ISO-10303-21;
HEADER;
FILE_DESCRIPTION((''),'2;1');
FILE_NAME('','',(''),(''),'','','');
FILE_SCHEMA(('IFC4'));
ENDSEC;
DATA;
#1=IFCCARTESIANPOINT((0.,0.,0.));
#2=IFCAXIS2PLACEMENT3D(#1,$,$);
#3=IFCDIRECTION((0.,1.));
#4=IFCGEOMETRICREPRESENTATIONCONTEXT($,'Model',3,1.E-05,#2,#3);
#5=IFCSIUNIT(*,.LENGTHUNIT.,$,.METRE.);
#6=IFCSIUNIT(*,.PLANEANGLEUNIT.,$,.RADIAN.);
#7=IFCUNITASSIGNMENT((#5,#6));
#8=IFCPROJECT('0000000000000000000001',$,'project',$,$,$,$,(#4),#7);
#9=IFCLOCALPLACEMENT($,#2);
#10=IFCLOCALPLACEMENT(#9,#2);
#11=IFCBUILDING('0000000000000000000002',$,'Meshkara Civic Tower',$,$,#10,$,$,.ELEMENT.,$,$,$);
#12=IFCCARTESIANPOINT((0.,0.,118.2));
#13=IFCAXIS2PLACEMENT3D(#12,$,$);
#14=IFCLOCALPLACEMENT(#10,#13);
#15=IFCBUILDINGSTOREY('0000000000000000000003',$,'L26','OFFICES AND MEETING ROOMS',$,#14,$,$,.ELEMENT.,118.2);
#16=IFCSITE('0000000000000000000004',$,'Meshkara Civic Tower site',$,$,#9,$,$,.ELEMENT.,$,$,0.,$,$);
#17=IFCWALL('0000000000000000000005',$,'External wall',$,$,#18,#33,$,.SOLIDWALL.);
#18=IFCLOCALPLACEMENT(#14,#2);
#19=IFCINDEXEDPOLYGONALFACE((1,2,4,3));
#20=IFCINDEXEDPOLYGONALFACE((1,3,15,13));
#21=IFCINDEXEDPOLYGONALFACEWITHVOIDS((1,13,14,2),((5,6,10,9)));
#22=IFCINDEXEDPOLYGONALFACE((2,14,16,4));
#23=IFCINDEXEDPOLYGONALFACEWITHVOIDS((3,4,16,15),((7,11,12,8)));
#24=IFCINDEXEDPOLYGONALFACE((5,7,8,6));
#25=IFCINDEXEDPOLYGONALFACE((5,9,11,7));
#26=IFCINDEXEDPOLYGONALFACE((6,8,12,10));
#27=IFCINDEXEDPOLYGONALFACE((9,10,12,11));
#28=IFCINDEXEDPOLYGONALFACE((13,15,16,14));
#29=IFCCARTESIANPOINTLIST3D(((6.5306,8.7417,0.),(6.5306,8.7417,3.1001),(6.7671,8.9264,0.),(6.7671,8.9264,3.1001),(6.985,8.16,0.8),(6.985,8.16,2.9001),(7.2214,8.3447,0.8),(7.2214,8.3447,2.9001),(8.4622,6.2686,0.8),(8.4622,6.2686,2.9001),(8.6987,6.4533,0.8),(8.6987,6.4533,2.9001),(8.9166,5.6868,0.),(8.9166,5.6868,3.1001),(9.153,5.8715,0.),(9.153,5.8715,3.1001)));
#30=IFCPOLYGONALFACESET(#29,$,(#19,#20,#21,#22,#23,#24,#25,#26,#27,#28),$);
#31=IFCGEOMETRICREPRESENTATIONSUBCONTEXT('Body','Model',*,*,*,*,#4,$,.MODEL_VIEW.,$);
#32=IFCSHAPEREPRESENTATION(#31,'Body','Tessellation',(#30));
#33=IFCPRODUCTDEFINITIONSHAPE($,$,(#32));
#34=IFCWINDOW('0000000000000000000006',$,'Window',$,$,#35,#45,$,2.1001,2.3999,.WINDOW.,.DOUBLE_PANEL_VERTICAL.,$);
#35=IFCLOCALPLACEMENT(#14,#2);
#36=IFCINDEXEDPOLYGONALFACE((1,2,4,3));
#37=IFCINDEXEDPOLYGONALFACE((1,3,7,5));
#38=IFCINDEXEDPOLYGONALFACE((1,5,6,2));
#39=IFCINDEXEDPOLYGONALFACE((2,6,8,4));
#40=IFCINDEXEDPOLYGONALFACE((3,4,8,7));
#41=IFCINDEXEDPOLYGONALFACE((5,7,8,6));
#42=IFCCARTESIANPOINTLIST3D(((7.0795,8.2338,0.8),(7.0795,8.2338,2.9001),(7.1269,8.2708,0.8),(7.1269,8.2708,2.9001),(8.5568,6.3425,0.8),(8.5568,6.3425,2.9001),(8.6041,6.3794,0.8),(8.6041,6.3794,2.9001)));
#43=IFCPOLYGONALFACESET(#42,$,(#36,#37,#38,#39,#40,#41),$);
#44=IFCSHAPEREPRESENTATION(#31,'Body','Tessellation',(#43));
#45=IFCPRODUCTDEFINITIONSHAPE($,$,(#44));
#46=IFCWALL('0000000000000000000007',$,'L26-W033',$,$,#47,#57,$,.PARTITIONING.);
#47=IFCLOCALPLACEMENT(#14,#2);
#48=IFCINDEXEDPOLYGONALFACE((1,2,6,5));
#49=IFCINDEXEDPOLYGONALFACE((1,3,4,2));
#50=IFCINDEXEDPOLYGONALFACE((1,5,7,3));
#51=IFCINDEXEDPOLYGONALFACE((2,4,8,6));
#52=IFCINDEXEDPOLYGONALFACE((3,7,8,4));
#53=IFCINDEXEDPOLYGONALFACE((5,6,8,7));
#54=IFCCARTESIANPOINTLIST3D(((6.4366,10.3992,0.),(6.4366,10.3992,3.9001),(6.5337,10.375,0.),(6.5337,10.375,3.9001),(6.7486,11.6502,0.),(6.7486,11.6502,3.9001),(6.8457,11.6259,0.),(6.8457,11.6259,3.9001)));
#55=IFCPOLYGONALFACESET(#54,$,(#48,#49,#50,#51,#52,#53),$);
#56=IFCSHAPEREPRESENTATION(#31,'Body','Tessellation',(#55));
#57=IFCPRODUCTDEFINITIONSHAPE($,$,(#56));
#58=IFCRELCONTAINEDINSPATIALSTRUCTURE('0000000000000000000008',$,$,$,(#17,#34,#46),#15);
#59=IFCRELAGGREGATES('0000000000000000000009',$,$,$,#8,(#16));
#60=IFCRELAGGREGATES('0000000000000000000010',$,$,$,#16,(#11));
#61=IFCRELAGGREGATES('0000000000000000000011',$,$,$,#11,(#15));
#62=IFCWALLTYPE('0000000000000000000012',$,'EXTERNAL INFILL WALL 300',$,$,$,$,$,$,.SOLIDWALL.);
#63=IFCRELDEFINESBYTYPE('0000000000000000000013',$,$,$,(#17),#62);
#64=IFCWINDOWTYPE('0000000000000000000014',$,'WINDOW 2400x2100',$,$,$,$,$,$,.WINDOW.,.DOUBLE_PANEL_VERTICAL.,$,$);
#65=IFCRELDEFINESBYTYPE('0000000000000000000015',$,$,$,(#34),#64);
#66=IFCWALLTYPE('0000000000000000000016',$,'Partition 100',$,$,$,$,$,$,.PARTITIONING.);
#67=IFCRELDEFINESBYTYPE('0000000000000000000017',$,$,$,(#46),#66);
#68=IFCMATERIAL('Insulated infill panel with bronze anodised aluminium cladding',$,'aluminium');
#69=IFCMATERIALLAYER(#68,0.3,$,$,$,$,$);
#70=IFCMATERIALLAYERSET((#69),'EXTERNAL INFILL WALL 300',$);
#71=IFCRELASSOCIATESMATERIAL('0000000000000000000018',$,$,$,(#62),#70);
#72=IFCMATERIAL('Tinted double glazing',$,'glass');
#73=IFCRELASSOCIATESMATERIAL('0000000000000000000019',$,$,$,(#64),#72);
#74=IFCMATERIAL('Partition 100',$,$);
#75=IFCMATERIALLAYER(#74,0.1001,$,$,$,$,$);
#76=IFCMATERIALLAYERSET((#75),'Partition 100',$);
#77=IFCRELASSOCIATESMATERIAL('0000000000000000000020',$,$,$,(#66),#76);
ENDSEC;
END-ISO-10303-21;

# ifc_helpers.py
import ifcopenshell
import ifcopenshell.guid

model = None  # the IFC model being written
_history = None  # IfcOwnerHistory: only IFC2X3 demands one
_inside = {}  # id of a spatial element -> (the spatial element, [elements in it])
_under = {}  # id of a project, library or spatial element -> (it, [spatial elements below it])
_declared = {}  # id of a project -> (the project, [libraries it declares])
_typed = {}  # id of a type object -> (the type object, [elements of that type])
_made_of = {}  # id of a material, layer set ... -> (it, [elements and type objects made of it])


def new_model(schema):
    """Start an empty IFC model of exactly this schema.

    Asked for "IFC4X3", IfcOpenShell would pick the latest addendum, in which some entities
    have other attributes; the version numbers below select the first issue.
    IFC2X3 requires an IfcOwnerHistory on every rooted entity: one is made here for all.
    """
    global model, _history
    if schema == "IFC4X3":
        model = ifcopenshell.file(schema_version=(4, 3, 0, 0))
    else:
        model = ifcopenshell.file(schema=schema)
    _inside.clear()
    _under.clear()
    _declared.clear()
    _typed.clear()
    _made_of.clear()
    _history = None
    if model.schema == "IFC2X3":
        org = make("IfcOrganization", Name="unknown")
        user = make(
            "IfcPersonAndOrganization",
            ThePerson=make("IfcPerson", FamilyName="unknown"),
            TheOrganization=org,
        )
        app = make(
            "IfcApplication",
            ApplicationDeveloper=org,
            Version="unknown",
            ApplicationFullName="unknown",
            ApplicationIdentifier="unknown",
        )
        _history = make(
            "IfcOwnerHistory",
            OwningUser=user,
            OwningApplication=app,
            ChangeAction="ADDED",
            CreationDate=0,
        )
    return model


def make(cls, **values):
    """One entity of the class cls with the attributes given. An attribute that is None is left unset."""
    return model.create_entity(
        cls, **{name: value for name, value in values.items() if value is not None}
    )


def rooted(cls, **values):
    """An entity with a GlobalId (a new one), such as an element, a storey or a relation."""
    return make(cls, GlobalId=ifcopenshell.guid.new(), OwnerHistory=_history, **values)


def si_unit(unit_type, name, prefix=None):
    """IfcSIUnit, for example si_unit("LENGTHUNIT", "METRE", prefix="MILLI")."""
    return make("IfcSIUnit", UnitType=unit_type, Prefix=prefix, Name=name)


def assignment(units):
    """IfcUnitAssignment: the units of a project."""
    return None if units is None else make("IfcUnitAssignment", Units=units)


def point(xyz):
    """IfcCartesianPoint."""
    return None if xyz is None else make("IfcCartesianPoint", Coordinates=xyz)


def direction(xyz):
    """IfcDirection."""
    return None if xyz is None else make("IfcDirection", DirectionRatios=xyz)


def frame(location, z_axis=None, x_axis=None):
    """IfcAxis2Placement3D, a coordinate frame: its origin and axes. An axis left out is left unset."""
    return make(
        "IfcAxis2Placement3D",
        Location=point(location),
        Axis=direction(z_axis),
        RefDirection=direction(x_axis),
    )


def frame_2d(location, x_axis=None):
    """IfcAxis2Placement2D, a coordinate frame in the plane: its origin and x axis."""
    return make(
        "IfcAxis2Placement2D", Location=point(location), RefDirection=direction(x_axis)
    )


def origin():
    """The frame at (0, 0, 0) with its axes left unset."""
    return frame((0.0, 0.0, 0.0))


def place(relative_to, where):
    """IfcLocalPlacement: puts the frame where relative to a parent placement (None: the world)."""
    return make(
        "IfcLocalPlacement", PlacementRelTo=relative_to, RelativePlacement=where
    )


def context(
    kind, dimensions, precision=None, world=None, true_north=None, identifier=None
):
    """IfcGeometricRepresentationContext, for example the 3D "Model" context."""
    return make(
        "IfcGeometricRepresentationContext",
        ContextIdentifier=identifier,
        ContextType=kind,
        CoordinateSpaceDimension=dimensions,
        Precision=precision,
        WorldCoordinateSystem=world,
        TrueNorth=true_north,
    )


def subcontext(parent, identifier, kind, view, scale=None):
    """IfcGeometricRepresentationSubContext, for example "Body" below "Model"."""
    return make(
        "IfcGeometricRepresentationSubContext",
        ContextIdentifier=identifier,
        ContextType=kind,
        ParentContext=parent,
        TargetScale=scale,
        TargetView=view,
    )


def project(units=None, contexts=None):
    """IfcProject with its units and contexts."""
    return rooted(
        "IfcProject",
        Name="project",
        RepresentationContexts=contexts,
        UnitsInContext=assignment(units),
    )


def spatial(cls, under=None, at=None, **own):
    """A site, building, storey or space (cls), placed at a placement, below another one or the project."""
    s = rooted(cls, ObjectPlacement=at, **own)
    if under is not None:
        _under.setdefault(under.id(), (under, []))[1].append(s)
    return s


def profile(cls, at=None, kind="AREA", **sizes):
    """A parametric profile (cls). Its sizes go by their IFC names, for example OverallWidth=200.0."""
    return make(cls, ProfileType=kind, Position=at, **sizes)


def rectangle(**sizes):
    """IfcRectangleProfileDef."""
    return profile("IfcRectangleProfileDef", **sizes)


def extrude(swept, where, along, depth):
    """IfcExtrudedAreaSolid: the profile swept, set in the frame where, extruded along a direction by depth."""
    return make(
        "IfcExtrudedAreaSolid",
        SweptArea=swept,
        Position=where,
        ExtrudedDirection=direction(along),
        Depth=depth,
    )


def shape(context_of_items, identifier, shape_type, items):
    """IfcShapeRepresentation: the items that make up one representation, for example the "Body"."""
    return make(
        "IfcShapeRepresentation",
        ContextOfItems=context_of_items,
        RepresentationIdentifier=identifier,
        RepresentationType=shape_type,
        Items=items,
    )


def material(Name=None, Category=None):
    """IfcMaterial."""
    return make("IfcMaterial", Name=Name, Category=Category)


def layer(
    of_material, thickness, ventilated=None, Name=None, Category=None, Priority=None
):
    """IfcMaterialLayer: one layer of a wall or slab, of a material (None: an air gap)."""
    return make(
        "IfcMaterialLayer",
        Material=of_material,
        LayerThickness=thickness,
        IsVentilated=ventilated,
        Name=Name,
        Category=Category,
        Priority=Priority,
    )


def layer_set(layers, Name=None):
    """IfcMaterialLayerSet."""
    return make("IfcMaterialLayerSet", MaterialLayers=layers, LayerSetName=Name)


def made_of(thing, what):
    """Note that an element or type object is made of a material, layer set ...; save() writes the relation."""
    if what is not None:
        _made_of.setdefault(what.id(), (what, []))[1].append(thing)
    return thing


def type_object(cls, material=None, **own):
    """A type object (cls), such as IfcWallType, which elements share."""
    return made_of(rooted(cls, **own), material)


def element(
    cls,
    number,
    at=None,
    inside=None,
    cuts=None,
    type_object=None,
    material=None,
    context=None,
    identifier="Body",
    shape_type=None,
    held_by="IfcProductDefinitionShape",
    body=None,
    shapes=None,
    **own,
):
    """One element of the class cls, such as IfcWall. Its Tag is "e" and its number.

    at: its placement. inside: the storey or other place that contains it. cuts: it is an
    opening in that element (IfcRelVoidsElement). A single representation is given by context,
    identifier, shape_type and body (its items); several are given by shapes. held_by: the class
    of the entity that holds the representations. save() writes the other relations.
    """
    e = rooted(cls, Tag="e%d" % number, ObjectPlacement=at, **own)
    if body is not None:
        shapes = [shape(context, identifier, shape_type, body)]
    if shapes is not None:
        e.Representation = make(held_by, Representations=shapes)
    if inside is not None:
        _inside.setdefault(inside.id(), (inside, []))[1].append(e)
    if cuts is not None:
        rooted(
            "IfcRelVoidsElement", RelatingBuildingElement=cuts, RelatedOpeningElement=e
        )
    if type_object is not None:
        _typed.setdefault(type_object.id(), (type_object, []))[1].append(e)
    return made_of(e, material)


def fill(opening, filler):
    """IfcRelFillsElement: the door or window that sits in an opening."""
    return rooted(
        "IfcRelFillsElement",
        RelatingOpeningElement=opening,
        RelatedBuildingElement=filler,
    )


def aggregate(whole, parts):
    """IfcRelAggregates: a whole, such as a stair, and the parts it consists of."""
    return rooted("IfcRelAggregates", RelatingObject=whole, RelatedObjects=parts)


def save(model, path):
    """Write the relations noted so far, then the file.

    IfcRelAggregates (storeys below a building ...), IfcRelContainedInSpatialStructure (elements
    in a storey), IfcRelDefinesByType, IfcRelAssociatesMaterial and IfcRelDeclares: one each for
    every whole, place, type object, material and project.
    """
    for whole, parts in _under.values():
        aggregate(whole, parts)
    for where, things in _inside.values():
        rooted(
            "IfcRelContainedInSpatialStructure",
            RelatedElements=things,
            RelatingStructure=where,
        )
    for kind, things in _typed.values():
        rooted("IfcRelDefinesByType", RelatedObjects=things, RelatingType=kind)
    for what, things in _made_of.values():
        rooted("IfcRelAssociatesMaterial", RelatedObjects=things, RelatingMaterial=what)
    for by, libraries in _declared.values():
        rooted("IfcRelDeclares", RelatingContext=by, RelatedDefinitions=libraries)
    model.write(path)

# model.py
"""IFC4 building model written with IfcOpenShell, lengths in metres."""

from ifc_helpers import new_model, si_unit, direction, frame, frame_2d, origin, place, context, subcontext, project, spatial, rectangle, extrude, material, layer, layer_set, type_object, element, fill, save


model = new_model("IFC4")

# Units and contexts
model_context = context("Model", 3, precision=1e-05, world=origin(), true_north=direction((0.0, 1.0)))
body_context = subcontext(model_context, "Body", "Model", "MODEL_VIEW")
ifc_project = project(units=[si_unit("LENGTHUNIT", "METRE"), si_unit("PLANEANGLEUNIT", "RADIAN")], contexts=[model_context])

# Site, building, storey
site_placement = place(None, origin())
site = spatial("IfcSite", under=ifc_project, at=site_placement, Name="Meshkara Civic Tower site", CompositionType="ELEMENT", RefElevation=0.0)
building_placement = place(site_placement, origin())
building = spatial("IfcBuilding", under=site, at=building_placement, Name="Meshkara Civic Tower", CompositionType="ELEMENT")
storey_placement = place(building_placement, frame((0.0, 0.0, 118.2)))
storey = spatial("IfcBuildingStorey", under=building, at=storey_placement, Name="L26", Description="OFFICES AND MEETING ROOMS", CompositionType="ELEMENT", Elevation=118.2)

# Wall, opening, window
ifc_material_1 = material(Name="Insulated infill panel with bronze anodised aluminium cladding", Category="aluminium")
ifc_layer_1 = layer(ifc_material_1, 0.3)
ifc_layer_set_1 = layer_set([ifc_layer_1], Name="EXTERNAL INFILL WALL 300")
wall_type_1 = type_object("IfcWallType", Name="EXTERNAL INFILL WALL 300", PredefinedType="SOLIDWALL", material=ifc_layer_set_1)
ifc_material_2 = material(Name="Tinted double glazing", Category="glass")
window_type = type_object("IfcWindowType", Name="WINDOW 2400x2100", PartitioningType="DOUBLE_PANEL_VERTICAL", PredefinedType="WINDOW", material=ifc_material_2)
wall_1_placement = place(storey_placement, frame((6.6489, 8.834, 0.0), z_axis=(0.0, 0.0, 1.0), x_axis=(0.615535, -0.788109, 0.0)))
wall_1 = element("IfcWall", 1, at=wall_1_placement, inside=storey, type_object=wall_type_1, Name="External wall", PredefinedType="SOLIDWALL", context=body_context, shape_type="SweptSolid", body=[
    extrude(rectangle(XDim=3.8762, YDim=0.3, at=frame_2d((1.938, 0.0))), origin(), (0.0, 0.0, 1.0), 3.1001),
])
opening_1_placement = place(wall_1_placement, frame((0.738, 0.0, 0.8)))
opening_1 = element("IfcOpeningElement", 2, at=opening_1_placement, cuts=wall_1, PredefinedType="OPENING", context=body_context, shape_type="SweptSolid", body=[
    extrude(rectangle(XDim=2.3999, YDim=2.1001, at=frame_2d((1.2, 1.05))), frame((0.0, 0.1599, 0.0), z_axis=(0.0, -1.0, 0.0), x_axis=(1.0, 0.0, 0.0)), (0.0, 0.0, 1.0), 0.3201),
])
window_1_placement = place(opening_1_placement, origin())
window_1 = element("IfcWindow", 3, at=window_1_placement, inside=storey, type_object=window_type, Name="Window", OverallHeight=2.1001, OverallWidth=2.3999, PartitioningType="DOUBLE_PANEL_VERTICAL", PredefinedType="WINDOW", context=body_context, shape_type="SweptSolid", body=[
    extrude(rectangle(XDim=2.3999, YDim=2.1001, at=frame_2d((1.2, 1.05))), frame((0.0, 0.03, 0.0), z_axis=(0.0, -1.0, 0.0), x_axis=(1.0, 0.0, 0.0)), (0.0, 0.0, 1.0), 0.0601),
])
fill(opening_1, window_1)

# Wall
ifc_material_3 = material(Name="Partition 100")
ifc_layer_2 = layer(ifc_material_3, 0.1001)
ifc_layer_set_2 = layer_set([ifc_layer_2], Name="Partition 100")
wall_type_2 = type_object("IfcWallType", Name="Partition 100", PredefinedType="PARTITIONING", material=ifc_layer_set_2)
wall_2_placement = place(storey_placement, frame((6.7971, 11.6379, 0.0), z_axis=(0.0, 0.0, 1.0), x_axis=(-0.242001, -0.970276, 0.0)))
element("IfcWall", 4, at=wall_2_placement, inside=storey, type_object=wall_type_2, Name="L26-W033", PredefinedType="PARTITIONING", context=body_context, shape_type="SweptSolid", body=[
    extrude(rectangle(XDim=1.2893, YDim=0.1001, at=frame_2d((0.6445, 0.0))), origin(), (0.0, 0.0, 1.0), 3.9001),
])

save(model, "model.ifc")
